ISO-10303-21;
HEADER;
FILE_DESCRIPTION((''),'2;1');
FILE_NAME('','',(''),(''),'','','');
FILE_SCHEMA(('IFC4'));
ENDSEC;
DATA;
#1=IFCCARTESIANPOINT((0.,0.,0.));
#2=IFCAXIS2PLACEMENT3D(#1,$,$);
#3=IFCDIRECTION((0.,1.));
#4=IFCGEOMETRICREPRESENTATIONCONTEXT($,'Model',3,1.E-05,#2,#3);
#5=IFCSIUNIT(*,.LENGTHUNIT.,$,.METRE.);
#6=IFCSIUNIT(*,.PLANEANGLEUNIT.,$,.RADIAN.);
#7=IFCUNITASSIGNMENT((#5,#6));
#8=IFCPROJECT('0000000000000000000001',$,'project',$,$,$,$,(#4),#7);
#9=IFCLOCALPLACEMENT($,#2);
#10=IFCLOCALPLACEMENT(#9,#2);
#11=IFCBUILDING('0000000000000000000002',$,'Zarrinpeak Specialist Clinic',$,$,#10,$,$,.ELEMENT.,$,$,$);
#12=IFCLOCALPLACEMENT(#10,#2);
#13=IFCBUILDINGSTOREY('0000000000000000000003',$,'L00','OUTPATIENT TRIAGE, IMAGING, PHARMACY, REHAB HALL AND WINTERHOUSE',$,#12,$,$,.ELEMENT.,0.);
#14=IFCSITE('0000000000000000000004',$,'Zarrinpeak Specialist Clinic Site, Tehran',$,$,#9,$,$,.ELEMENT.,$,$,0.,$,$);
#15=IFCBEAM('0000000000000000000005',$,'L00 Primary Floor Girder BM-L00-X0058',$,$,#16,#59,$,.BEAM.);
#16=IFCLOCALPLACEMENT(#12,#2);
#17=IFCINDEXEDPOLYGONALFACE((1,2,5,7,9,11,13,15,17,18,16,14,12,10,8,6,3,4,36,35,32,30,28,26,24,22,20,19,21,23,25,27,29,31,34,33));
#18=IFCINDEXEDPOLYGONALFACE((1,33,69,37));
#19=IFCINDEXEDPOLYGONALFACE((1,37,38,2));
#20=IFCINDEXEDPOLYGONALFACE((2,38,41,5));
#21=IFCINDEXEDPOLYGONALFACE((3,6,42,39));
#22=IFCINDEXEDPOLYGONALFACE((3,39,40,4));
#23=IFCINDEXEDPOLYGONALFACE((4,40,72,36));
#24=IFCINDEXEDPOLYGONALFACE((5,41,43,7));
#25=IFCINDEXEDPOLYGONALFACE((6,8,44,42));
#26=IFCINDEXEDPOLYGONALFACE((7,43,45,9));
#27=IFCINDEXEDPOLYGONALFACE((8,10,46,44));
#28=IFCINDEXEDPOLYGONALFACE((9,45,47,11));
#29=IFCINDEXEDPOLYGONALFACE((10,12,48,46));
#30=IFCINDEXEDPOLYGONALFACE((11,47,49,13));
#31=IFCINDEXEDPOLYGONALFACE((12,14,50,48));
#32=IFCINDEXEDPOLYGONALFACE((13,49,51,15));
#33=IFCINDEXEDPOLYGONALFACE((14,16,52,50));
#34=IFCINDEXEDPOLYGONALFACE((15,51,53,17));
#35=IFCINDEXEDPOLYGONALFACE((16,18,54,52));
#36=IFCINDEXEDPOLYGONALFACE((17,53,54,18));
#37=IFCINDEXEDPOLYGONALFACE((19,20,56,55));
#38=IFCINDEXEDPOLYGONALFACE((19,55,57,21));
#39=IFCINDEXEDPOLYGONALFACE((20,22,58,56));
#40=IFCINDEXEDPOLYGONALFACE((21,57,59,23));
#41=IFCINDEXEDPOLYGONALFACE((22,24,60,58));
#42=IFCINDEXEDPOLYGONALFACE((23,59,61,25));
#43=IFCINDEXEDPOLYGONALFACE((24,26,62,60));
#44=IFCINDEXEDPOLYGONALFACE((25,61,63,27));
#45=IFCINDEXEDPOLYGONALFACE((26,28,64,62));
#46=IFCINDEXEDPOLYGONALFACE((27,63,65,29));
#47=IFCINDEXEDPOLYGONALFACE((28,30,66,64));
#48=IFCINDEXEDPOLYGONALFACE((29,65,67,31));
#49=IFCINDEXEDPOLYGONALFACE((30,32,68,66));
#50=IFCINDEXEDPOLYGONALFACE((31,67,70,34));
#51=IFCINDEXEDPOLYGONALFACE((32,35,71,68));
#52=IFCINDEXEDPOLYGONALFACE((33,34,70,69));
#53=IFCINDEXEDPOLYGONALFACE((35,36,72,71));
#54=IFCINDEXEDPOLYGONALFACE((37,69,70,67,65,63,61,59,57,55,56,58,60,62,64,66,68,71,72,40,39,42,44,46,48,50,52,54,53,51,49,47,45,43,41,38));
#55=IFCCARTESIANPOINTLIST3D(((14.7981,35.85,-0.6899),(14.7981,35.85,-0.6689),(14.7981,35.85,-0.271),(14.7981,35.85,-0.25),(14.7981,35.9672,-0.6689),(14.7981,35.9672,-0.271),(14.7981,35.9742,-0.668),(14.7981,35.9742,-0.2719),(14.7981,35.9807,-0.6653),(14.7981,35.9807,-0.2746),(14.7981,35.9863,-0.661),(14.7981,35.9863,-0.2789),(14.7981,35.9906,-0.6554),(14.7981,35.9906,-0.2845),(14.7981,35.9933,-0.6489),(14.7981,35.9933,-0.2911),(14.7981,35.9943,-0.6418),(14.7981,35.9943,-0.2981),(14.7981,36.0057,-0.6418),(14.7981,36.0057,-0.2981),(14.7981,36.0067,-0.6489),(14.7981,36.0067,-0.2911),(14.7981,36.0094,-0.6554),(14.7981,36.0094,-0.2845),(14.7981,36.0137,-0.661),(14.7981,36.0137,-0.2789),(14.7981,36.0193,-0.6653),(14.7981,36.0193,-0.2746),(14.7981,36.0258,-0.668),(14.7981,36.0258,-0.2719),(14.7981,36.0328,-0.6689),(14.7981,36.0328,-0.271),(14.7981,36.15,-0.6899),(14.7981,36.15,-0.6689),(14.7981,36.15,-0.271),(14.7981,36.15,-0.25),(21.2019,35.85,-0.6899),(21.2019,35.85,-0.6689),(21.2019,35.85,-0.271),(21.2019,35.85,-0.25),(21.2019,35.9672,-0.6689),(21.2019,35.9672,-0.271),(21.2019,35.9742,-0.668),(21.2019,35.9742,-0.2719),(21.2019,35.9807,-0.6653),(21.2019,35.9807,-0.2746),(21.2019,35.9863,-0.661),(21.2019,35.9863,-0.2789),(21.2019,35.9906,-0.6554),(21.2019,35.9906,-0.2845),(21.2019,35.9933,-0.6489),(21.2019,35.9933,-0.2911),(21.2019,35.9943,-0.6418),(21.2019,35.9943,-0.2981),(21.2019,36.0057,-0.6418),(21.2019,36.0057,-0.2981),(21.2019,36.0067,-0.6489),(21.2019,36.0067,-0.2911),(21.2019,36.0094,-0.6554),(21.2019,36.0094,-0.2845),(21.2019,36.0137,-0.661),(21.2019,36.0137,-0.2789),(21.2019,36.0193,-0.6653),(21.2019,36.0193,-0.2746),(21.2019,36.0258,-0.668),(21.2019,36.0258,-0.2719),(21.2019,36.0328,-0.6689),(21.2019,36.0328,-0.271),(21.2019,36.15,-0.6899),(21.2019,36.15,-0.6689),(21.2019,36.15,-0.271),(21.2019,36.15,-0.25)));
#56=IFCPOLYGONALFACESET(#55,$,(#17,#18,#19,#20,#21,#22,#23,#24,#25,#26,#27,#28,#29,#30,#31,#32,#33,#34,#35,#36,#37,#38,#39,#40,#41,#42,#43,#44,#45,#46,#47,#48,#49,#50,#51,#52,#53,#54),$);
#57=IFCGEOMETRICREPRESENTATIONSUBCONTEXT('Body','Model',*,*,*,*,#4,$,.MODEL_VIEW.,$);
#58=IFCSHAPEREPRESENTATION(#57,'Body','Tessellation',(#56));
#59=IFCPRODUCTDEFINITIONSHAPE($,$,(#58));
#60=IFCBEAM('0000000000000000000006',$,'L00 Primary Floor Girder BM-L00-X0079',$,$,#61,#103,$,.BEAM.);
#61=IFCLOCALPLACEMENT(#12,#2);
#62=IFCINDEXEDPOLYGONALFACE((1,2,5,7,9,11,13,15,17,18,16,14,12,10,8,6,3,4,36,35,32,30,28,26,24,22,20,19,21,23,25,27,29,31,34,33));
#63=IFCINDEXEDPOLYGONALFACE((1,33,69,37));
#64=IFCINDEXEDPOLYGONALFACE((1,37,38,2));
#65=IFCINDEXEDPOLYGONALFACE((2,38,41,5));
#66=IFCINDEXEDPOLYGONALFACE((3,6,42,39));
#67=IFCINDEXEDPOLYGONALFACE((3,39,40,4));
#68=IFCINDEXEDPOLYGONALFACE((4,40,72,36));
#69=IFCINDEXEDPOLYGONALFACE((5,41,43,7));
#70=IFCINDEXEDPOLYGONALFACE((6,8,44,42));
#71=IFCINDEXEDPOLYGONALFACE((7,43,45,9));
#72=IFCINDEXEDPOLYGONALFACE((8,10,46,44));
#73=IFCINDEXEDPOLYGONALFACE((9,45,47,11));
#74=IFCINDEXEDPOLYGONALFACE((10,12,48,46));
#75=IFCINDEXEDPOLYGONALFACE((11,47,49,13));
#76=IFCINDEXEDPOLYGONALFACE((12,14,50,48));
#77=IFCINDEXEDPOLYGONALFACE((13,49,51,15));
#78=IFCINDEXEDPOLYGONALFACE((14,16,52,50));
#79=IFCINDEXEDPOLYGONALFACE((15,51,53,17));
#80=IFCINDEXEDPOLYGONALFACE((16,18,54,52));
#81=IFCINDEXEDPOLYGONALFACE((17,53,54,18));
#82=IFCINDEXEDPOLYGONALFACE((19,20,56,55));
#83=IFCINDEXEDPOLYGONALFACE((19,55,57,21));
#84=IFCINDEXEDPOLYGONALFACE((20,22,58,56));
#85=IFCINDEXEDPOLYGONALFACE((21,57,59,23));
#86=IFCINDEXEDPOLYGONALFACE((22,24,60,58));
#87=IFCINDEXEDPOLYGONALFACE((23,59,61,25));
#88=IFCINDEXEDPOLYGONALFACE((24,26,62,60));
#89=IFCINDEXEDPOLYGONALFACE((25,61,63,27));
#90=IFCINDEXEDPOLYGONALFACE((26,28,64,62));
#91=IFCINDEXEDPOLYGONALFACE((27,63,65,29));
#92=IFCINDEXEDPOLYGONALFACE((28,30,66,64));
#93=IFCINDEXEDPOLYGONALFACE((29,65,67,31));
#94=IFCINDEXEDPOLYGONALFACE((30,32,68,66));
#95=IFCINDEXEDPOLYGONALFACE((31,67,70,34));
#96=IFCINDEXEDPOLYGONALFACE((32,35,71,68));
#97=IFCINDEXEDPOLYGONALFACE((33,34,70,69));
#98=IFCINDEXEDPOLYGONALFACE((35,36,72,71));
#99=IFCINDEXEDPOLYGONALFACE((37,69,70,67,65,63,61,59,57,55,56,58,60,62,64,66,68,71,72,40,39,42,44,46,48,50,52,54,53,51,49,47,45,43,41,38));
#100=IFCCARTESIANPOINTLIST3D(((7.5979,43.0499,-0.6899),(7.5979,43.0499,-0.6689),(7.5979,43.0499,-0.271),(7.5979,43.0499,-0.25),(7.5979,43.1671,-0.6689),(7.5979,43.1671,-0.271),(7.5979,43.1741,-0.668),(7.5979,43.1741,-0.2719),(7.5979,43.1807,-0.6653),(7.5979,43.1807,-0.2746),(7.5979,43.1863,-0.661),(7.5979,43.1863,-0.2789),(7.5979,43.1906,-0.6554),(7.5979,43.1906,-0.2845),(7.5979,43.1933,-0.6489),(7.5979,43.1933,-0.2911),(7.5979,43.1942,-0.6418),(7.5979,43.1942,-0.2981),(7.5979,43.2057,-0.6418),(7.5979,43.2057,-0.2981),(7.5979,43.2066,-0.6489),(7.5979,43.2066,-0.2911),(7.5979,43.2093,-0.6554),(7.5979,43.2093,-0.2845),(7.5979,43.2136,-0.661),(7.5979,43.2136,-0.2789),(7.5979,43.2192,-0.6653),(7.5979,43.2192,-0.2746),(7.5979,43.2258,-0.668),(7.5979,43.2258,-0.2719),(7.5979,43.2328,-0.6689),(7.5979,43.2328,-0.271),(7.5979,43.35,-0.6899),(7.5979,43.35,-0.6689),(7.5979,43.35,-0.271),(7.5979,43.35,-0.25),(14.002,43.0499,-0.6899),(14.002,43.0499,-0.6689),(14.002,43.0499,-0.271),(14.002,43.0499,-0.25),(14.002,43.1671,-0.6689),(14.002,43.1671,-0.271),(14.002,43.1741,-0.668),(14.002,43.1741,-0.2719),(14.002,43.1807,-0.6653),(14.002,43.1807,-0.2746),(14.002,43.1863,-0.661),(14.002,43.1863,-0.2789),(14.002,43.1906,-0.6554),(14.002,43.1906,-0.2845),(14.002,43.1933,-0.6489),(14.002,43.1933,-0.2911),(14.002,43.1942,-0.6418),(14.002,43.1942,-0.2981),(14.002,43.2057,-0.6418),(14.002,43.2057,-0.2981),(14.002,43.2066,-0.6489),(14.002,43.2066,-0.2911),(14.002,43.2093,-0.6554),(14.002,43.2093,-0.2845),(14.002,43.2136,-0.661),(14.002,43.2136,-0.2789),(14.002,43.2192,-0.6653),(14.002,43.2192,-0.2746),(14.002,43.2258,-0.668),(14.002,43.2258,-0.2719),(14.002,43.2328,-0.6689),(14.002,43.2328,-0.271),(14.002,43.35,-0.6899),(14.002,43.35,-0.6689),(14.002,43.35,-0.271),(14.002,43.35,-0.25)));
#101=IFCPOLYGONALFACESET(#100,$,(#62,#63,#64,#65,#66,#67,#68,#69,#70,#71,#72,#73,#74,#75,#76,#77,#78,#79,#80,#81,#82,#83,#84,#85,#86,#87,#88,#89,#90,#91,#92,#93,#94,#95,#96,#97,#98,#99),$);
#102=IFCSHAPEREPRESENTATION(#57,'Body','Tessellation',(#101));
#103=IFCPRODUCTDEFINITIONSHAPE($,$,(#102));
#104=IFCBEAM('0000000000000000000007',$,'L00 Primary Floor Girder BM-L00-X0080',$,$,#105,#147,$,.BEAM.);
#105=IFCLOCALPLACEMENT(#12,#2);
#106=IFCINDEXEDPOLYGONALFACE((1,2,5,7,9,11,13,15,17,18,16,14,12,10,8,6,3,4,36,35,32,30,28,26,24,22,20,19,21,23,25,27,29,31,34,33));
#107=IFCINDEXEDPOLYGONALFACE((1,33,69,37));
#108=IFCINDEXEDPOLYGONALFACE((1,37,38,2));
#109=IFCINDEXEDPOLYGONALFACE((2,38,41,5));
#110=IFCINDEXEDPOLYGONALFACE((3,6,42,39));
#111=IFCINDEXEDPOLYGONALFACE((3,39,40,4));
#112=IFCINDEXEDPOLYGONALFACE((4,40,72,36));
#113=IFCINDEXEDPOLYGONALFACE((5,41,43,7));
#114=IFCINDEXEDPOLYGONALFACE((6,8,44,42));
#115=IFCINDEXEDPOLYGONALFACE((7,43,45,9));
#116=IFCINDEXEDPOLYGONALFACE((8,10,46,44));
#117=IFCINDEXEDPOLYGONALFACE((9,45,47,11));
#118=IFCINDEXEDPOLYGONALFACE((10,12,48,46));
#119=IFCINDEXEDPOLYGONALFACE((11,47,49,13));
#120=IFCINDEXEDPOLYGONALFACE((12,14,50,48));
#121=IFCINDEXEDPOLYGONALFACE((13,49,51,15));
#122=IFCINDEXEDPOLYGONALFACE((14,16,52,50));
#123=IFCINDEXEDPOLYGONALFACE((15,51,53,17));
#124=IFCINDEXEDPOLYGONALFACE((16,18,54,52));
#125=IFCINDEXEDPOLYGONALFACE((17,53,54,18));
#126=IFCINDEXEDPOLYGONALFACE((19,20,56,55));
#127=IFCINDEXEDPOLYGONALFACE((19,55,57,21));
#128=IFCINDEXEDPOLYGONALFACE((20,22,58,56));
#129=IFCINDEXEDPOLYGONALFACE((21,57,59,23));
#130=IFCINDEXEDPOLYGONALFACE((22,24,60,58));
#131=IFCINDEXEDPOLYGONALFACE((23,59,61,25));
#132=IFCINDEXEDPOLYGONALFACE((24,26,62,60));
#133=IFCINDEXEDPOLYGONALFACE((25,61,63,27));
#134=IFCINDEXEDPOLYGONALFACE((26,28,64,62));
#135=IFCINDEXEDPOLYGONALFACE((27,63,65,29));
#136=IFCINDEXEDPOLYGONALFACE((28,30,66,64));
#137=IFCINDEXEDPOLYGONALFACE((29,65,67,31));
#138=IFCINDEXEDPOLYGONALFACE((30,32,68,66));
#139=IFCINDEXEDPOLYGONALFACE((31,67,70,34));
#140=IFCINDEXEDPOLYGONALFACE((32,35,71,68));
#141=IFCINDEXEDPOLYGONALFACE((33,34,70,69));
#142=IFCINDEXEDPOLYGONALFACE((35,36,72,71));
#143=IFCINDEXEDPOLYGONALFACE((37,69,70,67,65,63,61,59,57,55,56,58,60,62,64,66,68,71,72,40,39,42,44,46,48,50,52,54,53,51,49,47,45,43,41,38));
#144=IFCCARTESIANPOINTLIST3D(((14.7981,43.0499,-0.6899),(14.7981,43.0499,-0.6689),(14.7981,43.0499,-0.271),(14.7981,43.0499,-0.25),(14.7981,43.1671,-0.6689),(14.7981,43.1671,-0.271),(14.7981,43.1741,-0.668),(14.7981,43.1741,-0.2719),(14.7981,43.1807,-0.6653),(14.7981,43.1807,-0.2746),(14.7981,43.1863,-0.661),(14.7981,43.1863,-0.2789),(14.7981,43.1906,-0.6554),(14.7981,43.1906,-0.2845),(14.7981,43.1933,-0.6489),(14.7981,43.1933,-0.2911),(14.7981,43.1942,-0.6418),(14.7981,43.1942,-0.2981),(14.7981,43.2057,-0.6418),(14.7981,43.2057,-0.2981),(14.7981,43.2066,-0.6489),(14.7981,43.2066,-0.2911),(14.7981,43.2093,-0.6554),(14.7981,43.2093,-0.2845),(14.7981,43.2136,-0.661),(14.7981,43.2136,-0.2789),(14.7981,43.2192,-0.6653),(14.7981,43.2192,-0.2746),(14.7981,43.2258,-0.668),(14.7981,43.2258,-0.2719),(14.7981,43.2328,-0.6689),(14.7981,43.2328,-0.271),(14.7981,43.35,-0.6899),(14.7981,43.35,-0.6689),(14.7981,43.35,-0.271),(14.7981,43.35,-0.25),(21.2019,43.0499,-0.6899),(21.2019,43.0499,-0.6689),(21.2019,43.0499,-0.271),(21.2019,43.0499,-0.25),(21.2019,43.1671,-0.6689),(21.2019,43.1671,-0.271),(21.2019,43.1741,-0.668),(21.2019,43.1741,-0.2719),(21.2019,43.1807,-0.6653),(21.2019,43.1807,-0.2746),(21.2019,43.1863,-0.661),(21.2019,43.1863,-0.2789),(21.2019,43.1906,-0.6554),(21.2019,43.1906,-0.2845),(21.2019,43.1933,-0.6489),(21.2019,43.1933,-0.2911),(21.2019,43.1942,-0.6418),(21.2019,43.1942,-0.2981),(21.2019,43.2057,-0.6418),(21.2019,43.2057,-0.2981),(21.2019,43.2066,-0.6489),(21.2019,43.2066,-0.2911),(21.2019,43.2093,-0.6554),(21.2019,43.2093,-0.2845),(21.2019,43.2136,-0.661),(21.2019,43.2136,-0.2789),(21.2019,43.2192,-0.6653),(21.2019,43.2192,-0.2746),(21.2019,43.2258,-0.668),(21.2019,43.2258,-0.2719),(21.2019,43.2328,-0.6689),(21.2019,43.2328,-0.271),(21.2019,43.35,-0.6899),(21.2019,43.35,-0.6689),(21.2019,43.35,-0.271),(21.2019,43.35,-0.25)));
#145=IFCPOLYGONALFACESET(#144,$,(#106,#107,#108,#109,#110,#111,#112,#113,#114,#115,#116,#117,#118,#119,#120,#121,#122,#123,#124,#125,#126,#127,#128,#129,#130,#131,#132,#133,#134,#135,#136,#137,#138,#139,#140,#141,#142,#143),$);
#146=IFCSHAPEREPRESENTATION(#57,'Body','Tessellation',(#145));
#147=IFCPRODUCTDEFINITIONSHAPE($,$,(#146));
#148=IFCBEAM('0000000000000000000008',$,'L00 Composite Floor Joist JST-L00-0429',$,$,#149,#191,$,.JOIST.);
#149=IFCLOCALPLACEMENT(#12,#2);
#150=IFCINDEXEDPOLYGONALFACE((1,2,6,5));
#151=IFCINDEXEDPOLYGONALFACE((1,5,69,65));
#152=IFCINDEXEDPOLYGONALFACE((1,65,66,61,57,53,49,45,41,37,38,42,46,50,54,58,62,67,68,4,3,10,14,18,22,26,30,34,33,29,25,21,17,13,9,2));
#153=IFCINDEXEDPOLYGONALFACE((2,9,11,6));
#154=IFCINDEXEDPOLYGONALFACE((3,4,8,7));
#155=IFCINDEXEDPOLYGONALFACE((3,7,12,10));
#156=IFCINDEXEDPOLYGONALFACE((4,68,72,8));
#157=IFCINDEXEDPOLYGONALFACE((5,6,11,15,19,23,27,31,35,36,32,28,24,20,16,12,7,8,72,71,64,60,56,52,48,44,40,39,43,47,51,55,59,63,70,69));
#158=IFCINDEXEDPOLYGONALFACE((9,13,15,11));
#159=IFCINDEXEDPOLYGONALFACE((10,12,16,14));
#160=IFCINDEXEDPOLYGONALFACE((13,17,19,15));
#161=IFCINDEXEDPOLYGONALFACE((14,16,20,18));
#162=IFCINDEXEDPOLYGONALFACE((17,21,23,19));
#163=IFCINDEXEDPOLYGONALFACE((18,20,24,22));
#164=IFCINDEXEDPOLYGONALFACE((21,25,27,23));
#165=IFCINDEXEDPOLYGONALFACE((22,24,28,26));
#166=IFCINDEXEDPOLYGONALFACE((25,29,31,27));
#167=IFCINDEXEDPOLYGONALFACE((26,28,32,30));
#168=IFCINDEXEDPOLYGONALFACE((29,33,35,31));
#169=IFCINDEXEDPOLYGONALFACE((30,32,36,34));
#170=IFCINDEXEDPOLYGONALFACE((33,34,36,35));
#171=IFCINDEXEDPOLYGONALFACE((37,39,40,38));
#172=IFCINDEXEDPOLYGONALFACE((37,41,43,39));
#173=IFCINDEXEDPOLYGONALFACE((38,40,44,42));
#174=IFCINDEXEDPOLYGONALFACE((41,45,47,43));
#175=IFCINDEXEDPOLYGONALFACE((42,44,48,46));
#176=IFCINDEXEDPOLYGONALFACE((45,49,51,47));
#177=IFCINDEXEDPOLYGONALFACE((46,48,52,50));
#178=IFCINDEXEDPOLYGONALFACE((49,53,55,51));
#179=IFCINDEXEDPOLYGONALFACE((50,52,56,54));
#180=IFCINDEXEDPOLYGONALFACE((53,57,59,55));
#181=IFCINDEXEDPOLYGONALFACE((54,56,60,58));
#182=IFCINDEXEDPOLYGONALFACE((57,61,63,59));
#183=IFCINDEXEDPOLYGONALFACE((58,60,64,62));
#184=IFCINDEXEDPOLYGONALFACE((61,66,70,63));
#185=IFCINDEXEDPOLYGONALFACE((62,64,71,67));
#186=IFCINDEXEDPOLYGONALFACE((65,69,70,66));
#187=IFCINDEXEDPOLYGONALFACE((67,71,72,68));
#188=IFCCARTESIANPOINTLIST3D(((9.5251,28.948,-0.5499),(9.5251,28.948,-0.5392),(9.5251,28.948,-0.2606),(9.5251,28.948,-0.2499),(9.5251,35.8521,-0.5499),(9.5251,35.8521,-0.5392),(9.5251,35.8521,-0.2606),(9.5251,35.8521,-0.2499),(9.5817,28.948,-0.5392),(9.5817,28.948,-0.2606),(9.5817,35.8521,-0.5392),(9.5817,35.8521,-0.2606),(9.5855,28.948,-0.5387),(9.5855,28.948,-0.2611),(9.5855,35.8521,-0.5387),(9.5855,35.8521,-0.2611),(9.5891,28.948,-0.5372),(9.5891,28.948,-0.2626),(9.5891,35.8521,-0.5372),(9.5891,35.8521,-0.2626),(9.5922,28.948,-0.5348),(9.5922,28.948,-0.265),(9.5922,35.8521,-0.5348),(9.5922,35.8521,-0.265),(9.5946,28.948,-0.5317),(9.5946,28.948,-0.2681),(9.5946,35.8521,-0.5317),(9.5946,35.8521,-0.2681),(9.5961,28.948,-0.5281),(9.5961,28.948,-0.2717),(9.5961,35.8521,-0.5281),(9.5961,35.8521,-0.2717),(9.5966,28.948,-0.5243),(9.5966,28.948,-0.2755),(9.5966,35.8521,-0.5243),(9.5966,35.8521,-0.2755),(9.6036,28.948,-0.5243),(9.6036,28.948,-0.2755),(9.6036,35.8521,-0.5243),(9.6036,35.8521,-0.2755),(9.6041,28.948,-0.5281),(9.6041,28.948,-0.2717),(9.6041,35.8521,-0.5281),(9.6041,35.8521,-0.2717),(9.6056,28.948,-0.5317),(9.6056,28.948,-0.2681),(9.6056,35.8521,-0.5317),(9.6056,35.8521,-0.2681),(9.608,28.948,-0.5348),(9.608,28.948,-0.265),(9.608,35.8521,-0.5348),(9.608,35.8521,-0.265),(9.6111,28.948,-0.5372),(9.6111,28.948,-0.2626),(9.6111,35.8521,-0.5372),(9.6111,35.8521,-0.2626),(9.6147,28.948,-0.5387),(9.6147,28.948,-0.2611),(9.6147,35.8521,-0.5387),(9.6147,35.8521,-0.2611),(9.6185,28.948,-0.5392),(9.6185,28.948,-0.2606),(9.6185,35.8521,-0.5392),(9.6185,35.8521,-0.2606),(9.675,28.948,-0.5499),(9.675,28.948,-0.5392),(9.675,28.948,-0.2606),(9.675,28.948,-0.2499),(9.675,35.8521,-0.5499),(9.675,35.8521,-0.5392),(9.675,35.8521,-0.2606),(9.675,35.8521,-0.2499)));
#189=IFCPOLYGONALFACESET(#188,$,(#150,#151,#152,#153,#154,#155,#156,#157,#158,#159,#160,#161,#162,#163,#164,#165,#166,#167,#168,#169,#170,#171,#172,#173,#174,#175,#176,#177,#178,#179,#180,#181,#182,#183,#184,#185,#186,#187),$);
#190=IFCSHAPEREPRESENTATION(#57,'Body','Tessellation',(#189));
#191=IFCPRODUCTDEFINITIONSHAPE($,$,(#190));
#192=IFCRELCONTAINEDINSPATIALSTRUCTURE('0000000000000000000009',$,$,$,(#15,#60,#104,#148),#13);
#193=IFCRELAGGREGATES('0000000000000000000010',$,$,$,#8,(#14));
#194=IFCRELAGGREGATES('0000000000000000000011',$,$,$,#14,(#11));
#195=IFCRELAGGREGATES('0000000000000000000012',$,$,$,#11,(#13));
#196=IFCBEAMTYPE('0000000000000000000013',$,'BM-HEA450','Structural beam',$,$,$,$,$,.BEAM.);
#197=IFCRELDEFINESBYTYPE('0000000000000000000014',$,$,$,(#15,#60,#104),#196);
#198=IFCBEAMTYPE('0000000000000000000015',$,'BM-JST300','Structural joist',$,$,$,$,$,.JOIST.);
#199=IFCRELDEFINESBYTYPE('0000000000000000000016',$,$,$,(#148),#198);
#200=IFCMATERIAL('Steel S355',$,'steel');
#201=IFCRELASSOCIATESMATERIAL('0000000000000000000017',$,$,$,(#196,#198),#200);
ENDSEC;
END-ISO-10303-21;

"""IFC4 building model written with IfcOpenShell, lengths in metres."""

from ifc_helpers import new_model, si_unit, direction, frame, origin, origin_2d, place, context, subcontext, project, spatial, i_section, extrude, material, material_profile, profile_set, type_object, element, save


model = new_model("IFC4")

# Units and contexts
model_context = context("Model", 3, precision=1e-05, world=origin(), true_north=direction((0.0, 1.0)))
body_context = subcontext(model_context, "Body", "Model", "MODEL_VIEW")
ifc_project = project(units=[si_unit("LENGTHUNIT", "METRE"), si_unit("PLANEANGLEUNIT", "RADIAN")], contexts=[model_context])

# Site, building, storey
site_placement = place(None, origin())
site = spatial("IfcSite", under=ifc_project, at=site_placement, Name="Zarrinpeak Specialist Clinic Site, Tehran", CompositionType="ELEMENT", RefElevation=0.0)
building_placement = place(site_placement, origin())
building = spatial("IfcBuilding", under=site, at=building_placement, Name="Zarrinpeak Specialist Clinic", CompositionType="ELEMENT")
storey_placement = place(building_placement, origin())
storey = spatial("IfcBuildingStorey", under=building, at=storey_placement, Name="L00", Description="OUTPATIENT TRIAGE, IMAGING, PHARMACY, REHAB HALL AND WINTERHOUSE", CompositionType="ELEMENT", Elevation=0.0)

# Shared definitions
ifc_material_1 = material(Name="Steel S355", Category="steel")

# Beams
ifc_material_profile_1 = material_profile(ifc_material_1, i_section(OverallWidth=0.3, OverallDepth=0.4399, WebThickness=0.0115, FlangeThickness=0.021, FilletRadius=0.0271, at=origin_2d()), Name="HEA 450")
ifc_profile_set_1 = profile_set([ifc_material_profile_1], Name="Steel S355")
beam_type_1 = type_object("IfcBeamType", Name="BM-HEA450", Description="Structural beam", PredefinedType="BEAM", material=ifc_profile_set_1)
for number, where, z_axis, x_axis, name in (
    (1, (14.7981, 36.0, -0.47), (1.0, 0.0, 0.0), (0.0, 1.0, 0.0), "L00 Primary Floor Girder BM-L00-X0058"),
):
    element("IfcBeam", number, at=place(storey_placement, frame(where, z_axis=z_axis, x_axis=x_axis)), inside=storey, type_object=beam_type_1, Name=name, PredefinedType="BEAM", context=body_context, shape_type="SweptSolid", body=[
        extrude(i_section(OverallWidth=0.3, OverallDepth=0.4399, WebThickness=0.0115, FlangeThickness=0.021, FilletRadius=0.0271, at=origin_2d()), origin(), (0.0, 0.0, 1.0), 6.4038),
    ])
beam_1_placement = place(storey_placement, frame((7.5979, 43.2, -0.47), z_axis=(1.0, 0.0, 0.0), x_axis=(0.0, 1.0, 0.0)))
element("IfcBeam", 2, at=beam_1_placement, inside=storey, type_object=beam_type_1, Name="L00 Primary Floor Girder BM-L00-X0079", PredefinedType="BEAM", context=body_context, shape_type="SweptSolid", body=[
    extrude(i_section(OverallWidth=0.3, OverallDepth=0.4399, WebThickness=0.0115, FlangeThickness=0.021, FilletRadius=0.0271, at=origin_2d()), origin(), (0.0, 0.0, 1.0), 6.4041),
])
beam_2_placement = place(storey_placement, frame((14.7981, 43.2, -0.47), z_axis=(1.0, 0.0, 0.0), x_axis=(0.0, 1.0, 0.0)))
element("IfcBeam", 3, at=beam_2_placement, inside=storey, type_object=beam_type_1, Name="L00 Primary Floor Girder BM-L00-X0080", PredefinedType="BEAM", context=body_context, shape_type="SweptSolid", body=[
    extrude(i_section(OverallWidth=0.3, OverallDepth=0.4399, WebThickness=0.0115, FlangeThickness=0.021, FilletRadius=0.0271, at=origin_2d()), origin(), (0.0, 0.0, 1.0), 6.4038),
])
ifc_material_profile_2 = material_profile(ifc_material_1, i_section(OverallWidth=0.1499, OverallDepth=0.3, WebThickness=0.0071, FlangeThickness=0.0107, FilletRadius=0.0149, at=origin_2d()), Name="IPE 300")
ifc_profile_set_2 = profile_set([ifc_material_profile_2], Name="Steel S355")
beam_type_2 = type_object("IfcBeamType", Name="BM-JST300", Description="Structural joist", PredefinedType="JOIST", material=ifc_profile_set_2)
for number, where, z_axis, x_axis, name in (
    (4, (9.6001, 28.948, -0.3999), (0.0, 1.0, 0.0), (-1.0, 0.0, 0.0), "L00 Composite Floor Joist JST-L00-0429"),
):
    element("IfcBeam", number, at=place(storey_placement, frame(where, z_axis=z_axis, x_axis=x_axis)), inside=storey, type_object=beam_type_2, Name=name, PredefinedType="JOIST", context=body_context, shape_type="SweptSolid", body=[
        extrude(i_section(OverallWidth=0.1499, OverallDepth=0.3, WebThickness=0.0071, FlangeThickness=0.0107, FilletRadius=0.0149, at=origin_2d()), origin(), (0.0, 0.0, 1.0), 6.9041),
    ])

save(model, "model.ifc")
